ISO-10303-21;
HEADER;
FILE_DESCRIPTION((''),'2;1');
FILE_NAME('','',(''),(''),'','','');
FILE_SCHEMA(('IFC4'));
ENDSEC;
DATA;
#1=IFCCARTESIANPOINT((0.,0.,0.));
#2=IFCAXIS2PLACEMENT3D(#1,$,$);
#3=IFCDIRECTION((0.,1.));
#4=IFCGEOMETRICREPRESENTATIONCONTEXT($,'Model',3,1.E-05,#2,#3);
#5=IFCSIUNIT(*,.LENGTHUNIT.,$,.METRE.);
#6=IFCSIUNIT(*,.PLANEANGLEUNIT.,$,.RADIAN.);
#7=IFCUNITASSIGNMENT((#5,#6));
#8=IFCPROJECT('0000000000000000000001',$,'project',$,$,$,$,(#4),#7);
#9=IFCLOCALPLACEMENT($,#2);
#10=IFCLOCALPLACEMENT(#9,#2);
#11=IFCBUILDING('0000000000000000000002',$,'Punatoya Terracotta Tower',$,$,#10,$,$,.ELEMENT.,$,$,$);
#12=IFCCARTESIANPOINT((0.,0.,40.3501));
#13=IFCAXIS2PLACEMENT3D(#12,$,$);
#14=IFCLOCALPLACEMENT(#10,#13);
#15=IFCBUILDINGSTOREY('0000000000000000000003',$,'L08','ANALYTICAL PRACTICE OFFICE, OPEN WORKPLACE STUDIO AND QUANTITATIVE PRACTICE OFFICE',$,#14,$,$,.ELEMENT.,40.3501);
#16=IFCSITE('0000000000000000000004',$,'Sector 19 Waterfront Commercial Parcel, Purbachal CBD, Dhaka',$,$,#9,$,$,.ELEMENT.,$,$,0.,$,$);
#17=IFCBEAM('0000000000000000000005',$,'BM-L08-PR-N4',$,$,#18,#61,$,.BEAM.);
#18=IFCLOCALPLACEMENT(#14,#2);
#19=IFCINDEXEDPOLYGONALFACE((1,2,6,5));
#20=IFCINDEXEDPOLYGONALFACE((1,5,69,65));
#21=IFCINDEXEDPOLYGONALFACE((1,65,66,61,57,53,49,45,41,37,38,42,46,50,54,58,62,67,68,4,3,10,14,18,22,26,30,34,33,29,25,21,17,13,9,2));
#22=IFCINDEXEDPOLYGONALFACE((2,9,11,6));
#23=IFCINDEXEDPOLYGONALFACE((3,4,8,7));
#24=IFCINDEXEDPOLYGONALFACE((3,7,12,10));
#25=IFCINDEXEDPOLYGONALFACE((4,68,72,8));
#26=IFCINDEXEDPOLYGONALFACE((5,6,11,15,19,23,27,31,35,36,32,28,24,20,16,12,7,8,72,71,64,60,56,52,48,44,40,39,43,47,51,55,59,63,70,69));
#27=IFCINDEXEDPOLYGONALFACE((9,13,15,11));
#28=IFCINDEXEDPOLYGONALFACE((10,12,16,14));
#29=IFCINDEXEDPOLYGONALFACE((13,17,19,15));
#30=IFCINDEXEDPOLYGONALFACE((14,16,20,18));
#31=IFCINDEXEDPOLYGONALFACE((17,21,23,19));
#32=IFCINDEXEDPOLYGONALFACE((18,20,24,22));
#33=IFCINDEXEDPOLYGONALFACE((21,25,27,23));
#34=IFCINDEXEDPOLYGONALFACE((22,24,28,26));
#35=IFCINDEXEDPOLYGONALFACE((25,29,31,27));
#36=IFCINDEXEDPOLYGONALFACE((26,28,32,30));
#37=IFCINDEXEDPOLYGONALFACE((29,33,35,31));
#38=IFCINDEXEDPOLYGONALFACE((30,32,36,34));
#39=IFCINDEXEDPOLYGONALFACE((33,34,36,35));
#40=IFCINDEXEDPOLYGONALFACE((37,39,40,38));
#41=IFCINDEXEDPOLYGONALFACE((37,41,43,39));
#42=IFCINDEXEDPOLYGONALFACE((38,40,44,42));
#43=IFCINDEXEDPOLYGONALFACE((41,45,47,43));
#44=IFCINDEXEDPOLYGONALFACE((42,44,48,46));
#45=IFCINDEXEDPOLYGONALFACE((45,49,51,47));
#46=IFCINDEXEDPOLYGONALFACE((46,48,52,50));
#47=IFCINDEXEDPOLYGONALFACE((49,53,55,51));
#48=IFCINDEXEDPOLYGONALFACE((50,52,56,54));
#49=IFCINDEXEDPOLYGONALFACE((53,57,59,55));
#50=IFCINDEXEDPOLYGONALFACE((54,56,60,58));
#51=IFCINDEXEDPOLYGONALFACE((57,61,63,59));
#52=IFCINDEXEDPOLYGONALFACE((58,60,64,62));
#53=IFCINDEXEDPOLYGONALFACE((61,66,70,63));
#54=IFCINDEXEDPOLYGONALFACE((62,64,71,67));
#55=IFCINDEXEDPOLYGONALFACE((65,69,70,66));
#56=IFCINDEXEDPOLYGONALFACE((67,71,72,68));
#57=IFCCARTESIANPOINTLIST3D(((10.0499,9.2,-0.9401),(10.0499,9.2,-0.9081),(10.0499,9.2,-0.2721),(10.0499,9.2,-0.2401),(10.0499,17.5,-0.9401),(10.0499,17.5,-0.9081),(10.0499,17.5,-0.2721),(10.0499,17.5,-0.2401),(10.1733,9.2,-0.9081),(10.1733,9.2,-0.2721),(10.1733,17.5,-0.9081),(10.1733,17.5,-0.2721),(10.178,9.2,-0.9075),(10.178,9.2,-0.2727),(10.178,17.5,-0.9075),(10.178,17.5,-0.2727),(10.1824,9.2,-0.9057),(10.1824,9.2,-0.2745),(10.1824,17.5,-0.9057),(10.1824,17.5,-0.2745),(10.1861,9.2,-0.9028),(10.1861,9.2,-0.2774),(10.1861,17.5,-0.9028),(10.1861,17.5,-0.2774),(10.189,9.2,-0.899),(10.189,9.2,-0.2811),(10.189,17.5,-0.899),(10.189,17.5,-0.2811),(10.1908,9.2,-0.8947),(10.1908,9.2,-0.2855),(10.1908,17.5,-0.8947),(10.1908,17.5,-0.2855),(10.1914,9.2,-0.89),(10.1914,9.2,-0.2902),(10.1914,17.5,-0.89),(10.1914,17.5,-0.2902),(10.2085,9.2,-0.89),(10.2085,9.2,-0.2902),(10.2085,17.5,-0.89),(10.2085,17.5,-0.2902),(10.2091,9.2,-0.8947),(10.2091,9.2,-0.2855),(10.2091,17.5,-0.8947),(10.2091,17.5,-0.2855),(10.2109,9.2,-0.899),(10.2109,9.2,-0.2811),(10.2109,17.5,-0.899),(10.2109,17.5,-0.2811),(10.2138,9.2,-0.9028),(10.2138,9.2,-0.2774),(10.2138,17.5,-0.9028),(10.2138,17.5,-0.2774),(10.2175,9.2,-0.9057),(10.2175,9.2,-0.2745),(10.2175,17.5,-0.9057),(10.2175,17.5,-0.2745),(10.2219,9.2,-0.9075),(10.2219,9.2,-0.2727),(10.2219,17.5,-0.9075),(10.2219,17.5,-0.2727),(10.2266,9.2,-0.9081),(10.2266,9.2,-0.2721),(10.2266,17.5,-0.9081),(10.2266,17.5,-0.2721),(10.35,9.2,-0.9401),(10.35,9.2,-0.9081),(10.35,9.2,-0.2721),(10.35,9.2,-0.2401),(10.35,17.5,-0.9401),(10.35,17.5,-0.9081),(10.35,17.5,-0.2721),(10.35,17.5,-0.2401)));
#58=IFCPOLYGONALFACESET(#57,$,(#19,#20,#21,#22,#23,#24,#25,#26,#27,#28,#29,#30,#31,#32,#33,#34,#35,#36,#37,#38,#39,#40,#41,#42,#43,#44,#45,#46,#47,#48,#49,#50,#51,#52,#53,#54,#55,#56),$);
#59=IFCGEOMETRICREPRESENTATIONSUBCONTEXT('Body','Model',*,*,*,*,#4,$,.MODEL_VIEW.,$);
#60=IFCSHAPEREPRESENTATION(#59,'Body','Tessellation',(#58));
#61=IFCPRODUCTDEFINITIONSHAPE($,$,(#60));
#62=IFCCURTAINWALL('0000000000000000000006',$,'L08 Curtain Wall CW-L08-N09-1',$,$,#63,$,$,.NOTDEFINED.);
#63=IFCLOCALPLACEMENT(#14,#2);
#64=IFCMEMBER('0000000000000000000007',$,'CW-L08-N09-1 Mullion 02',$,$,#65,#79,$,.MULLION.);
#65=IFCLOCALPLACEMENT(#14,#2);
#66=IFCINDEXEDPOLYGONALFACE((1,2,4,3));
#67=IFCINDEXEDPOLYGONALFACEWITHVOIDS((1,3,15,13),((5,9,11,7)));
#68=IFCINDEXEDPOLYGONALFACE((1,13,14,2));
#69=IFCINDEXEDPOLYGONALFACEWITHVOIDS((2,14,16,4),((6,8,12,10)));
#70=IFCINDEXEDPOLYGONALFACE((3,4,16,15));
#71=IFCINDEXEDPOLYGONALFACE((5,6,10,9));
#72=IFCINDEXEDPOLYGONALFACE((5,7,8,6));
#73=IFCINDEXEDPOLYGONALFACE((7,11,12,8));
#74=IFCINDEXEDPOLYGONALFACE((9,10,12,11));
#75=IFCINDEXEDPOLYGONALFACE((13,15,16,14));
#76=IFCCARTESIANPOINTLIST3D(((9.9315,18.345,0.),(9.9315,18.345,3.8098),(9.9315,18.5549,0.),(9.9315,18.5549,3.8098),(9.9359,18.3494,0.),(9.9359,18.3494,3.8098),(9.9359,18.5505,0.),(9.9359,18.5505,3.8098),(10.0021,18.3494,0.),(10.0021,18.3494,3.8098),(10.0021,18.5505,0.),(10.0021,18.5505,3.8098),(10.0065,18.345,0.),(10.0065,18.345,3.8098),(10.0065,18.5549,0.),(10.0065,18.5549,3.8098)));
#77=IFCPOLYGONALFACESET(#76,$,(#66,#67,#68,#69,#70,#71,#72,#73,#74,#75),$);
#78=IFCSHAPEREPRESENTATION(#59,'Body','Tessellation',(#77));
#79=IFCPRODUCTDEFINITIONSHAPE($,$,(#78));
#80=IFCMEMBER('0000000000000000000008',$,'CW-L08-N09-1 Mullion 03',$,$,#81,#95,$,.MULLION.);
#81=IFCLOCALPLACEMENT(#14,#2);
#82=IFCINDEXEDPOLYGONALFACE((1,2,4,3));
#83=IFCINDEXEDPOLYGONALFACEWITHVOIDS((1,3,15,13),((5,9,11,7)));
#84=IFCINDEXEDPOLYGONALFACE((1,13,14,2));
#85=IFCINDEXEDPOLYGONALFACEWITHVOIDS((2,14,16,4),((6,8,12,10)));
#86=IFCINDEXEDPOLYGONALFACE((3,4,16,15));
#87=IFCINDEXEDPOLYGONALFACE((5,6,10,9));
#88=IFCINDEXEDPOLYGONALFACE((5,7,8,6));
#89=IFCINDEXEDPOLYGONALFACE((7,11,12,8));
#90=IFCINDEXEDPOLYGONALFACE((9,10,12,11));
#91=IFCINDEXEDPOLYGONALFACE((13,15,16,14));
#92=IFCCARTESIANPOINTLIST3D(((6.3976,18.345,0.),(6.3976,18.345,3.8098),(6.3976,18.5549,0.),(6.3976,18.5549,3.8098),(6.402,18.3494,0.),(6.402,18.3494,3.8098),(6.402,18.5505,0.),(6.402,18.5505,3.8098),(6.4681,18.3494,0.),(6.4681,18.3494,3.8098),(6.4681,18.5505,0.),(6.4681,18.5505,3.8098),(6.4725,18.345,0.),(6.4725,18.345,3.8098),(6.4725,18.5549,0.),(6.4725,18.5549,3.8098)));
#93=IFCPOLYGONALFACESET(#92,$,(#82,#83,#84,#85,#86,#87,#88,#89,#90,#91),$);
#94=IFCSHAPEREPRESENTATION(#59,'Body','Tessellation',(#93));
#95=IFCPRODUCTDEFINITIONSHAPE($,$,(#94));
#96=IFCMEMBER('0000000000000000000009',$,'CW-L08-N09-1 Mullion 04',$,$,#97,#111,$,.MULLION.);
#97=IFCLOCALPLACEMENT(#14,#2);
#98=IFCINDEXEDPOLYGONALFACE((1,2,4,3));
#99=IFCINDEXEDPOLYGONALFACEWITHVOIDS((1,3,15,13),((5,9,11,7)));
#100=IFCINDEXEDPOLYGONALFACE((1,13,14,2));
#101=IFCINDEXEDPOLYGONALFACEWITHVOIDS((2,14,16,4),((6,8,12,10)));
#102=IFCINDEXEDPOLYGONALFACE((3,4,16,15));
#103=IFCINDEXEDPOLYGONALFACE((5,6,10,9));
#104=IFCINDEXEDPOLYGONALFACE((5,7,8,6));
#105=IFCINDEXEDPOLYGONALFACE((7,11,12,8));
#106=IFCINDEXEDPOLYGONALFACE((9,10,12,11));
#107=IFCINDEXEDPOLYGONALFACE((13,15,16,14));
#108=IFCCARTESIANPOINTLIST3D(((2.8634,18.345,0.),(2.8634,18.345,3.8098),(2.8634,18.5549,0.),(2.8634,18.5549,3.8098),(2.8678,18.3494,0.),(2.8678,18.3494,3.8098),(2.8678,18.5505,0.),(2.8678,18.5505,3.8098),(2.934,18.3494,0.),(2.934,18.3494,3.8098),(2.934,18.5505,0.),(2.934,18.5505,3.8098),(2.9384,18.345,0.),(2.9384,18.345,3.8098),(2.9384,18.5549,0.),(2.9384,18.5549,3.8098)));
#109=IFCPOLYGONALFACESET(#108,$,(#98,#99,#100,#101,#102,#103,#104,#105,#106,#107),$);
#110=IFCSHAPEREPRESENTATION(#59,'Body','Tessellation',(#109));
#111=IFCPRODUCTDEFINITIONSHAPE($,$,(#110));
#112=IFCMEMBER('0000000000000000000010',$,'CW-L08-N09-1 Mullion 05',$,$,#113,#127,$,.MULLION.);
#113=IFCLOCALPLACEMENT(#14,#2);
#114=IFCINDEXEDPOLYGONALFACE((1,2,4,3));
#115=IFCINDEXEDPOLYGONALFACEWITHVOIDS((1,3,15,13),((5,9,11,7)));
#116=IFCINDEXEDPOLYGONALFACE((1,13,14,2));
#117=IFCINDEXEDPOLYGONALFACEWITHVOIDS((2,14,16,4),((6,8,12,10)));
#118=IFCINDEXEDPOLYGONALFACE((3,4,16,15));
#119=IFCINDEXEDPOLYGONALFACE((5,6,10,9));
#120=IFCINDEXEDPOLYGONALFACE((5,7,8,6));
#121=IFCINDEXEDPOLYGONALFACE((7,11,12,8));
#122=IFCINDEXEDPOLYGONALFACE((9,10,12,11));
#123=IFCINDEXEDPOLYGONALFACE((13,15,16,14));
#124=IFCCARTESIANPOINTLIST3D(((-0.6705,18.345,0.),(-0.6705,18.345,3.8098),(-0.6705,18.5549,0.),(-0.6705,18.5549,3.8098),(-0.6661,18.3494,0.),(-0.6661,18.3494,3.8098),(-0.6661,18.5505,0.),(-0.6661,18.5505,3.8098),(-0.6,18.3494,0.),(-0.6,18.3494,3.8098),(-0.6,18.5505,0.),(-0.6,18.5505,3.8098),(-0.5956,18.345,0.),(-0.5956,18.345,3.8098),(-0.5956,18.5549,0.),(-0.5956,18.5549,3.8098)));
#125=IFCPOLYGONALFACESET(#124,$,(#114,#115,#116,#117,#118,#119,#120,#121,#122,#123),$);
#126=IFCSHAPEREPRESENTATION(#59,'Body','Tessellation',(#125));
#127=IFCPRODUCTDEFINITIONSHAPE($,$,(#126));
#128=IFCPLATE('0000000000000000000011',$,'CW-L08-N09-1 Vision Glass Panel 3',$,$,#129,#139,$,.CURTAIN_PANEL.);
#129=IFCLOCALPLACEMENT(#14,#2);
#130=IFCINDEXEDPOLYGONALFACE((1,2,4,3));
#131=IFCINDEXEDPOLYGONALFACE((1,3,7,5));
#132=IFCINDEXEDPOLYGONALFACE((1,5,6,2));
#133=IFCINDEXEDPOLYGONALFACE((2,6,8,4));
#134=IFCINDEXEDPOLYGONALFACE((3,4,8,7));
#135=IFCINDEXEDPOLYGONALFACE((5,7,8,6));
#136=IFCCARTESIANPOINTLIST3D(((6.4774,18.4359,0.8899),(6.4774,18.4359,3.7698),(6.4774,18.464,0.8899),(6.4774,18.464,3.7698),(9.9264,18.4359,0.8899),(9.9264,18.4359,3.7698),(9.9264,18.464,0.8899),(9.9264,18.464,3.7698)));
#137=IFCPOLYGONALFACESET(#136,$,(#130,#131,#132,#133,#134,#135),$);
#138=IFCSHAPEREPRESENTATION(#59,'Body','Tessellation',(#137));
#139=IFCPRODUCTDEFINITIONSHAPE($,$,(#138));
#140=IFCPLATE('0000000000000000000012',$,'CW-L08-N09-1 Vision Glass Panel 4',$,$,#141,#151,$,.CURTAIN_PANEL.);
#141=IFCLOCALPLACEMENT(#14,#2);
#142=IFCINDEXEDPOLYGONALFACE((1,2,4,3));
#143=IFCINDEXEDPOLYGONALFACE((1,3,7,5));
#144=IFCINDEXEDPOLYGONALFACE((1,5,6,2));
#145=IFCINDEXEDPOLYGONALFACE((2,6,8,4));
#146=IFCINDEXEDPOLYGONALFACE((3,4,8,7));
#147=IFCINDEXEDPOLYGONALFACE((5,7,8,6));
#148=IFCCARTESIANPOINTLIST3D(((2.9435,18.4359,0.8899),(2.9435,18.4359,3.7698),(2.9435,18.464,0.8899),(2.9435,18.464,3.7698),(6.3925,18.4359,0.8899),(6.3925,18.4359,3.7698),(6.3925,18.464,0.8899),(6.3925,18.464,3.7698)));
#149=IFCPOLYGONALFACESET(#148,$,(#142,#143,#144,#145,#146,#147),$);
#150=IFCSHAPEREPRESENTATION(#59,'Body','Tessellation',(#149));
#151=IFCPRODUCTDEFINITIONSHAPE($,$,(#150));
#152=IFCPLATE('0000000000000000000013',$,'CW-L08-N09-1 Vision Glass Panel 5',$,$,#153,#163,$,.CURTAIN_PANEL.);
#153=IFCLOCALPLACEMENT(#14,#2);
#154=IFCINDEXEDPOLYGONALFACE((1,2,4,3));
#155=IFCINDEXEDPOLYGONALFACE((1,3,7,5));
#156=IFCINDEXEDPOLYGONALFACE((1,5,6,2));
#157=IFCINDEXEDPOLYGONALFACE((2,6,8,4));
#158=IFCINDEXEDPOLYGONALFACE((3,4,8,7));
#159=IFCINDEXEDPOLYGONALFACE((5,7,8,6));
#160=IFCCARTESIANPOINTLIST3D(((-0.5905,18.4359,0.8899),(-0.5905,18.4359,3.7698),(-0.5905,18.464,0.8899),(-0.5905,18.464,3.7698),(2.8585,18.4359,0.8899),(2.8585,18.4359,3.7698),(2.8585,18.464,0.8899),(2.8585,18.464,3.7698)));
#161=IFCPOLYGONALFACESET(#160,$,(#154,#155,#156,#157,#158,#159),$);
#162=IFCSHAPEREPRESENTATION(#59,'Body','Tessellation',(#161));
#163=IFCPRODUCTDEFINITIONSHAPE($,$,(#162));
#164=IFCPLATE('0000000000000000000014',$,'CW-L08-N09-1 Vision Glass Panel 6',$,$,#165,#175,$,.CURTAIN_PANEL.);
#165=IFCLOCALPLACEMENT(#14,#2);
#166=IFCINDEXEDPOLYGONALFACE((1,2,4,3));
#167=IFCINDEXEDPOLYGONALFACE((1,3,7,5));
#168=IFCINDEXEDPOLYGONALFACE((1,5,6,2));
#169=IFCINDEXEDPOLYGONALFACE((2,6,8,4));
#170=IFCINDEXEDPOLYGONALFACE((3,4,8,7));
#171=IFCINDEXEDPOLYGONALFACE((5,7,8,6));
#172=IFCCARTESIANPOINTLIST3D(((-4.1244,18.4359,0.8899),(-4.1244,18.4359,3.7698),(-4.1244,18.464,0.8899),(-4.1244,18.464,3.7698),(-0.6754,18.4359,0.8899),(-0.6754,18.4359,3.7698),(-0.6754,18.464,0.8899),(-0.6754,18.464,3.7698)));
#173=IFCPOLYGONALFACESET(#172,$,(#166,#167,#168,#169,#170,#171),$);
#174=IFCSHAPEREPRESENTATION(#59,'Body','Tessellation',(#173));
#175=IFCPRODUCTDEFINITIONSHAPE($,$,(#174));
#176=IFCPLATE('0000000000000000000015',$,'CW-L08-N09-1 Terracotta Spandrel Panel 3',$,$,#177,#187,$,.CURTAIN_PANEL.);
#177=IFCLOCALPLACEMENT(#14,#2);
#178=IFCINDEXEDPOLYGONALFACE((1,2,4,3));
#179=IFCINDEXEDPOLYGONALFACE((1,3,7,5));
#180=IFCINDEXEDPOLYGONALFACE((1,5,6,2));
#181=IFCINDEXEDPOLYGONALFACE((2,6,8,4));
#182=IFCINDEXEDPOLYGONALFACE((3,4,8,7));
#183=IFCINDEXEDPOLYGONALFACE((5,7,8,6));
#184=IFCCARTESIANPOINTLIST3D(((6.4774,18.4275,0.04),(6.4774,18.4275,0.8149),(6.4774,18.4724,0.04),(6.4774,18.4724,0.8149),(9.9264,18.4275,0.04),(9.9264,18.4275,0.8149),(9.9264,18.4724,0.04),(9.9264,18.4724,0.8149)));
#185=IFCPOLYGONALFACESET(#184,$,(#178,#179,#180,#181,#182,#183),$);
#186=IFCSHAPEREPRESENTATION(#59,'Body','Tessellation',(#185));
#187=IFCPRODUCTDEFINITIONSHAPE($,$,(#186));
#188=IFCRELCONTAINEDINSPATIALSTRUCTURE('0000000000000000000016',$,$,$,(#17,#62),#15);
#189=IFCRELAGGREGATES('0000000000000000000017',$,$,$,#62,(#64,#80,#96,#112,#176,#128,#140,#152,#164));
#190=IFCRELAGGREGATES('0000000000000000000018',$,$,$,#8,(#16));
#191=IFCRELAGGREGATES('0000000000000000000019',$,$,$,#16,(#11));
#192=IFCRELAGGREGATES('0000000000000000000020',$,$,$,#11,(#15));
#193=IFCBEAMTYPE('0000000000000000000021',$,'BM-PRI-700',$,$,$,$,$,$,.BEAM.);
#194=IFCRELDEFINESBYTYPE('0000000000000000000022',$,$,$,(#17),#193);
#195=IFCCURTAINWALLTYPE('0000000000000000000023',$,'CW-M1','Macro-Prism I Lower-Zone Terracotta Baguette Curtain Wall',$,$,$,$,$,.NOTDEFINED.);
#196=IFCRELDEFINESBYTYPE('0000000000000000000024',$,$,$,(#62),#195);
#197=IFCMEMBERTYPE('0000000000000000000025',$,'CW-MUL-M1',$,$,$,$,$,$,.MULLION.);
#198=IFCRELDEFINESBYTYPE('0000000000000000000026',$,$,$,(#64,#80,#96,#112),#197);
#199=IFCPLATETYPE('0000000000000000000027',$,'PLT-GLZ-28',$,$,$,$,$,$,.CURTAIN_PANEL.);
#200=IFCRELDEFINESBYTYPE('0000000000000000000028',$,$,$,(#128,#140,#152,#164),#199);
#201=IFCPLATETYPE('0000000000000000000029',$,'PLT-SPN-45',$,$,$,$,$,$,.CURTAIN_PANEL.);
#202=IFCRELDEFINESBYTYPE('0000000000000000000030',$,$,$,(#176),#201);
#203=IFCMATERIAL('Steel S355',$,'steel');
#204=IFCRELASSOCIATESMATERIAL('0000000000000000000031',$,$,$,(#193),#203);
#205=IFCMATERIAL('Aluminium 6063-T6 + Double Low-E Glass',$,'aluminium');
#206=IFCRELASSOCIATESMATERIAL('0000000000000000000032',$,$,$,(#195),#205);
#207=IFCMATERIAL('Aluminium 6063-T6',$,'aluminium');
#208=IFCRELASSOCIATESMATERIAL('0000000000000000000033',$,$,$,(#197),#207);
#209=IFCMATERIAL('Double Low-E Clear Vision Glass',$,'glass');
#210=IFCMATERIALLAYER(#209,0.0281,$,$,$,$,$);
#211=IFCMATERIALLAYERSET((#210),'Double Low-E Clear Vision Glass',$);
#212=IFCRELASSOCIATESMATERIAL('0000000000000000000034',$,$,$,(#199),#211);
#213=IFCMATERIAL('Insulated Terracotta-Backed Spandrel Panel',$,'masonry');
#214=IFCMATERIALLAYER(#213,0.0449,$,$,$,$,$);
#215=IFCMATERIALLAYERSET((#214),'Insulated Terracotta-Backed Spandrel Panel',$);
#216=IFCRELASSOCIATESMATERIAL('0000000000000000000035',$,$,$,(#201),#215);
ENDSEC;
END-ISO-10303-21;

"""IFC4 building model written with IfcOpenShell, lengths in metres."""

from ifc_helpers import new_model, si_unit, direction, frame, origin, origin_2d, place, context, subcontext, project, spatial, rectangle, hollow_rectangle, i_section, extrude, material, layer, layer_set, material_profile, profile_set, type_object, element, aggregate, save


model = new_model("IFC4")

# Units and contexts
model_context = context("Model", 3, precision=1e-05, world=origin(), true_north=direction((0.0, 1.0)))
body_context = subcontext(model_context, "Body", "Model", "MODEL_VIEW")
ifc_project = project(units=[si_unit("LENGTHUNIT", "METRE"), si_unit("PLANEANGLEUNIT", "RADIAN")], contexts=[model_context])

# Site, building, storey
site_placement = place(None, origin())
site = spatial("IfcSite", under=ifc_project, at=site_placement, Name="Sector 19 Waterfront Commercial Parcel, Purbachal CBD, Dhaka", CompositionType="ELEMENT", RefElevation=0.0)
building_placement = place(site_placement, origin())
building = spatial("IfcBuilding", under=site, at=building_placement, Name="Punatoya Terracotta Tower", CompositionType="ELEMENT")
storey_placement = place(building_placement, frame((0.0, 0.0, 40.3501)))
storey = spatial("IfcBuildingStorey", under=building, at=storey_placement, Name="L08", Description="ANALYTICAL PRACTICE OFFICE, OPEN WORKPLACE STUDIO AND QUANTITATIVE PRACTICE OFFICE", CompositionType="ELEMENT", Elevation=40.3501)

# Beam
ifc_material_1 = material(Name="Steel S355", Category="steel")
ifc_material_profile_1 = material_profile(ifc_material_1, i_section(OverallWidth=0.3, OverallDepth=0.7, WebThickness=0.0171, FlangeThickness=0.032, FilletRadius=0.0181, at=origin_2d()))
ifc_profile_set_1 = profile_set([ifc_material_profile_1], Name="Steel S355")
beam_type = type_object("IfcBeamType", Name="BM-PRI-700", PredefinedType="BEAM", material=ifc_profile_set_1)
for number, where, z_axis, x_axis, name in (
    (1, (10.2, 9.2, -0.5901), (0.0, 1.0, 0.0), (-1.0, 0.0, 0.0), "BM-L08-PR-N4"),
):
    element("IfcBeam", number, at=place(storey_placement, frame(where, z_axis=z_axis, x_axis=x_axis)), inside=storey, type_object=beam_type, Name=name, PredefinedType="BEAM", context=body_context, shape_type="SweptSolid", body=[
        extrude(i_section(OverallWidth=0.3, OverallDepth=0.7, WebThickness=0.0171, FlangeThickness=0.032, FilletRadius=0.0181, at=origin_2d()), origin(), (0.0, 0.0, 1.0), 8.3),
    ])

# Curtain wall, members, plates
ifc_material_2 = material(Name="Aluminium 6063-T6 + Double Low-E Glass", Category="aluminium")
curtain_wall_type = type_object("IfcCurtainWallType", Name="CW-M1", Description="Macro-Prism I Lower-Zone Terracotta Baguette Curtain Wall", PredefinedType="NOTDEFINED", material=ifc_material_2)
curtain_wall_placement = place(storey_placement, origin())
curtain_wall = element("IfcCurtainWall", 2, at=curtain_wall_placement, inside=storey, type_object=curtain_wall_type, Name="L08 Curtain Wall CW-L08-N09-1", PredefinedType="NOTDEFINED")
ifc_material_3 = material(Name="Aluminium 6063-T6", Category="aluminium")
ifc_material_profile_2 = material_profile(ifc_material_3, hollow_rectangle(XDim=0.075, YDim=0.21, WallThickness=0.0044, at=origin_2d()))
ifc_profile_set_2 = profile_set([ifc_material_profile_2], Name="Aluminium 6063-T6")
member_type = type_object("IfcMemberType", Name="CW-MUL-M1", PredefinedType="MULLION", material=ifc_profile_set_2)
member_1_placement = place(storey_placement, frame((9.969, 18.45, 0.0), z_axis=(0.0, 0.0, 1.0), x_axis=(1.0, 0.0, 0.0)))
member_1 = element("IfcMember", 3, at=member_1_placement, type_object=member_type, Name="CW-L08-N09-1 Mullion 02", PredefinedType="MULLION", context=body_context, shape_type="SweptSolid", body=[
    extrude(hollow_rectangle(XDim=0.075, YDim=0.21, WallThickness=0.0044, at=origin_2d()), origin(), (0.0, 0.0, 1.0), 3.8098),
])
member_2_placement = place(storey_placement, frame((6.4351, 18.45, 0.0), z_axis=(0.0, 0.0, 1.0), x_axis=(1.0, 0.0, 0.0)))
member_2 = element("IfcMember", 4, at=member_2_placement, type_object=member_type, Name="CW-L08-N09-1 Mullion 03", PredefinedType="MULLION", context=body_context, shape_type="SweptSolid", body=[
    extrude(hollow_rectangle(XDim=0.075, YDim=0.21, WallThickness=0.0044, at=origin_2d()), origin(), (0.0, 0.0, 1.0), 3.8098),
])
member_3_placement = place(storey_placement, frame((2.9009, 18.45, 0.0), z_axis=(0.0, 0.0, 1.0), x_axis=(1.0, 0.0, 0.0)))
member_3 = element("IfcMember", 5, at=member_3_placement, type_object=member_type, Name="CW-L08-N09-1 Mullion 04", PredefinedType="MULLION", context=body_context, shape_type="SweptSolid", body=[
    extrude(hollow_rectangle(XDim=0.075, YDim=0.21, WallThickness=0.0044, at=origin_2d()), origin(), (0.0, 0.0, 1.0), 3.8098),
])
member_4_placement = place(storey_placement, frame((-0.6331, 18.45, 0.0), z_axis=(0.0, 0.0, 1.0), x_axis=(1.0, 0.0, 0.0)))
member_4 = element("IfcMember", 6, at=member_4_placement, type_object=member_type, Name="CW-L08-N09-1 Mullion 05", PredefinedType="MULLION", context=body_context, shape_type="SweptSolid", body=[
    extrude(hollow_rectangle(XDim=0.075, YDim=0.21, WallThickness=0.0044, at=origin_2d()), origin(), (0.0, 0.0, 1.0), 3.8098),
])
ifc_material_4 = material(Name="Double Low-E Clear Vision Glass", Category="glass")
ifc_layer_1 = layer(ifc_material_4, 0.0281)
ifc_layer_set_1 = layer_set([ifc_layer_1], Name="Double Low-E Clear Vision Glass")
plate_type_1 = type_object("IfcPlateType", Name="PLT-GLZ-28", PredefinedType="CURTAIN_PANEL", material=ifc_layer_set_1)
plate_1_placement = place(storey_placement, frame((8.2019, 18.45, 0.8899), z_axis=(0.0, 0.0, 1.0), x_axis=(-1.0, 0.0, 0.0)))
plate_1 = element("IfcPlate", 7, at=plate_1_placement, type_object=plate_type_1, Name="CW-L08-N09-1 Vision Glass Panel 3", PredefinedType="CURTAIN_PANEL", context=body_context, shape_type="SweptSolid", body=[
    extrude(rectangle(XDim=3.449, YDim=0.0281, at=origin_2d()), origin(), (0.0, 0.0, 1.0), 2.8799),
])
plate_2_placement = place(storey_placement, frame((4.668, 18.45, 0.8899), z_axis=(0.0, 0.0, 1.0), x_axis=(-1.0, 0.0, 0.0)))
plate_2 = element("IfcPlate", 8, at=plate_2_placement, type_object=plate_type_1, Name="CW-L08-N09-1 Vision Glass Panel 4", PredefinedType="CURTAIN_PANEL", context=body_context, shape_type="SweptSolid", body=[
    extrude(rectangle(XDim=3.449, YDim=0.0281, at=origin_2d()), origin(), (0.0, 0.0, 1.0), 2.8799),
])
plate_3_placement = place(storey_placement, frame((1.134, 18.45, 0.8899), z_axis=(0.0, 0.0, 1.0), x_axis=(-1.0, 0.0, 0.0)))
plate_3 = element("IfcPlate", 9, at=plate_3_placement, type_object=plate_type_1, Name="CW-L08-N09-1 Vision Glass Panel 5", PredefinedType="CURTAIN_PANEL", context=body_context, shape_type="SweptSolid", body=[
    extrude(rectangle(XDim=3.449, YDim=0.0281, at=origin_2d()), origin(), (0.0, 0.0, 1.0), 2.8799),
])
plate_4_placement = place(storey_placement, frame((-2.3999, 18.45, 0.8899), z_axis=(0.0, 0.0, 1.0), x_axis=(-1.0, 0.0, 0.0)))
plate_4 = element("IfcPlate", 10, at=plate_4_placement, type_object=plate_type_1, Name="CW-L08-N09-1 Vision Glass Panel 6", PredefinedType="CURTAIN_PANEL", context=body_context, shape_type="SweptSolid", body=[
    extrude(rectangle(XDim=3.449, YDim=0.0281, at=origin_2d()), origin(), (0.0, 0.0, 1.0), 2.8799),
])
ifc_material_5 = material(Name="Insulated Terracotta-Backed Spandrel Panel", Category="masonry")
ifc_layer_2 = layer(ifc_material_5, 0.0449)
ifc_layer_set_2 = layer_set([ifc_layer_2], Name="Insulated Terracotta-Backed Spandrel Panel")
plate_type_2 = type_object("IfcPlateType", Name="PLT-SPN-45", PredefinedType="CURTAIN_PANEL", material=ifc_layer_set_2)
plate_5_placement = place(storey_placement, frame((8.2019, 18.45, 0.04), z_axis=(0.0, 0.0, 1.0), x_axis=(-1.0, 0.0, 0.0)))
plate_5 = element("IfcPlate", 11, at=plate_5_placement, type_object=plate_type_2, Name="CW-L08-N09-1 Terracotta Spandrel Panel 3", PredefinedType="CURTAIN_PANEL", context=body_context, shape_type="SweptSolid", body=[
    extrude(rectangle(XDim=3.449, YDim=0.0449, at=origin_2d()), origin(), (0.0, 0.0, 1.0), 0.7749),
])
aggregate(curtain_wall, [member_1, member_2, member_3, member_4, plate_5, plate_1, plate_2, plate_3, plate_4])

save(model, "model.ifc")
